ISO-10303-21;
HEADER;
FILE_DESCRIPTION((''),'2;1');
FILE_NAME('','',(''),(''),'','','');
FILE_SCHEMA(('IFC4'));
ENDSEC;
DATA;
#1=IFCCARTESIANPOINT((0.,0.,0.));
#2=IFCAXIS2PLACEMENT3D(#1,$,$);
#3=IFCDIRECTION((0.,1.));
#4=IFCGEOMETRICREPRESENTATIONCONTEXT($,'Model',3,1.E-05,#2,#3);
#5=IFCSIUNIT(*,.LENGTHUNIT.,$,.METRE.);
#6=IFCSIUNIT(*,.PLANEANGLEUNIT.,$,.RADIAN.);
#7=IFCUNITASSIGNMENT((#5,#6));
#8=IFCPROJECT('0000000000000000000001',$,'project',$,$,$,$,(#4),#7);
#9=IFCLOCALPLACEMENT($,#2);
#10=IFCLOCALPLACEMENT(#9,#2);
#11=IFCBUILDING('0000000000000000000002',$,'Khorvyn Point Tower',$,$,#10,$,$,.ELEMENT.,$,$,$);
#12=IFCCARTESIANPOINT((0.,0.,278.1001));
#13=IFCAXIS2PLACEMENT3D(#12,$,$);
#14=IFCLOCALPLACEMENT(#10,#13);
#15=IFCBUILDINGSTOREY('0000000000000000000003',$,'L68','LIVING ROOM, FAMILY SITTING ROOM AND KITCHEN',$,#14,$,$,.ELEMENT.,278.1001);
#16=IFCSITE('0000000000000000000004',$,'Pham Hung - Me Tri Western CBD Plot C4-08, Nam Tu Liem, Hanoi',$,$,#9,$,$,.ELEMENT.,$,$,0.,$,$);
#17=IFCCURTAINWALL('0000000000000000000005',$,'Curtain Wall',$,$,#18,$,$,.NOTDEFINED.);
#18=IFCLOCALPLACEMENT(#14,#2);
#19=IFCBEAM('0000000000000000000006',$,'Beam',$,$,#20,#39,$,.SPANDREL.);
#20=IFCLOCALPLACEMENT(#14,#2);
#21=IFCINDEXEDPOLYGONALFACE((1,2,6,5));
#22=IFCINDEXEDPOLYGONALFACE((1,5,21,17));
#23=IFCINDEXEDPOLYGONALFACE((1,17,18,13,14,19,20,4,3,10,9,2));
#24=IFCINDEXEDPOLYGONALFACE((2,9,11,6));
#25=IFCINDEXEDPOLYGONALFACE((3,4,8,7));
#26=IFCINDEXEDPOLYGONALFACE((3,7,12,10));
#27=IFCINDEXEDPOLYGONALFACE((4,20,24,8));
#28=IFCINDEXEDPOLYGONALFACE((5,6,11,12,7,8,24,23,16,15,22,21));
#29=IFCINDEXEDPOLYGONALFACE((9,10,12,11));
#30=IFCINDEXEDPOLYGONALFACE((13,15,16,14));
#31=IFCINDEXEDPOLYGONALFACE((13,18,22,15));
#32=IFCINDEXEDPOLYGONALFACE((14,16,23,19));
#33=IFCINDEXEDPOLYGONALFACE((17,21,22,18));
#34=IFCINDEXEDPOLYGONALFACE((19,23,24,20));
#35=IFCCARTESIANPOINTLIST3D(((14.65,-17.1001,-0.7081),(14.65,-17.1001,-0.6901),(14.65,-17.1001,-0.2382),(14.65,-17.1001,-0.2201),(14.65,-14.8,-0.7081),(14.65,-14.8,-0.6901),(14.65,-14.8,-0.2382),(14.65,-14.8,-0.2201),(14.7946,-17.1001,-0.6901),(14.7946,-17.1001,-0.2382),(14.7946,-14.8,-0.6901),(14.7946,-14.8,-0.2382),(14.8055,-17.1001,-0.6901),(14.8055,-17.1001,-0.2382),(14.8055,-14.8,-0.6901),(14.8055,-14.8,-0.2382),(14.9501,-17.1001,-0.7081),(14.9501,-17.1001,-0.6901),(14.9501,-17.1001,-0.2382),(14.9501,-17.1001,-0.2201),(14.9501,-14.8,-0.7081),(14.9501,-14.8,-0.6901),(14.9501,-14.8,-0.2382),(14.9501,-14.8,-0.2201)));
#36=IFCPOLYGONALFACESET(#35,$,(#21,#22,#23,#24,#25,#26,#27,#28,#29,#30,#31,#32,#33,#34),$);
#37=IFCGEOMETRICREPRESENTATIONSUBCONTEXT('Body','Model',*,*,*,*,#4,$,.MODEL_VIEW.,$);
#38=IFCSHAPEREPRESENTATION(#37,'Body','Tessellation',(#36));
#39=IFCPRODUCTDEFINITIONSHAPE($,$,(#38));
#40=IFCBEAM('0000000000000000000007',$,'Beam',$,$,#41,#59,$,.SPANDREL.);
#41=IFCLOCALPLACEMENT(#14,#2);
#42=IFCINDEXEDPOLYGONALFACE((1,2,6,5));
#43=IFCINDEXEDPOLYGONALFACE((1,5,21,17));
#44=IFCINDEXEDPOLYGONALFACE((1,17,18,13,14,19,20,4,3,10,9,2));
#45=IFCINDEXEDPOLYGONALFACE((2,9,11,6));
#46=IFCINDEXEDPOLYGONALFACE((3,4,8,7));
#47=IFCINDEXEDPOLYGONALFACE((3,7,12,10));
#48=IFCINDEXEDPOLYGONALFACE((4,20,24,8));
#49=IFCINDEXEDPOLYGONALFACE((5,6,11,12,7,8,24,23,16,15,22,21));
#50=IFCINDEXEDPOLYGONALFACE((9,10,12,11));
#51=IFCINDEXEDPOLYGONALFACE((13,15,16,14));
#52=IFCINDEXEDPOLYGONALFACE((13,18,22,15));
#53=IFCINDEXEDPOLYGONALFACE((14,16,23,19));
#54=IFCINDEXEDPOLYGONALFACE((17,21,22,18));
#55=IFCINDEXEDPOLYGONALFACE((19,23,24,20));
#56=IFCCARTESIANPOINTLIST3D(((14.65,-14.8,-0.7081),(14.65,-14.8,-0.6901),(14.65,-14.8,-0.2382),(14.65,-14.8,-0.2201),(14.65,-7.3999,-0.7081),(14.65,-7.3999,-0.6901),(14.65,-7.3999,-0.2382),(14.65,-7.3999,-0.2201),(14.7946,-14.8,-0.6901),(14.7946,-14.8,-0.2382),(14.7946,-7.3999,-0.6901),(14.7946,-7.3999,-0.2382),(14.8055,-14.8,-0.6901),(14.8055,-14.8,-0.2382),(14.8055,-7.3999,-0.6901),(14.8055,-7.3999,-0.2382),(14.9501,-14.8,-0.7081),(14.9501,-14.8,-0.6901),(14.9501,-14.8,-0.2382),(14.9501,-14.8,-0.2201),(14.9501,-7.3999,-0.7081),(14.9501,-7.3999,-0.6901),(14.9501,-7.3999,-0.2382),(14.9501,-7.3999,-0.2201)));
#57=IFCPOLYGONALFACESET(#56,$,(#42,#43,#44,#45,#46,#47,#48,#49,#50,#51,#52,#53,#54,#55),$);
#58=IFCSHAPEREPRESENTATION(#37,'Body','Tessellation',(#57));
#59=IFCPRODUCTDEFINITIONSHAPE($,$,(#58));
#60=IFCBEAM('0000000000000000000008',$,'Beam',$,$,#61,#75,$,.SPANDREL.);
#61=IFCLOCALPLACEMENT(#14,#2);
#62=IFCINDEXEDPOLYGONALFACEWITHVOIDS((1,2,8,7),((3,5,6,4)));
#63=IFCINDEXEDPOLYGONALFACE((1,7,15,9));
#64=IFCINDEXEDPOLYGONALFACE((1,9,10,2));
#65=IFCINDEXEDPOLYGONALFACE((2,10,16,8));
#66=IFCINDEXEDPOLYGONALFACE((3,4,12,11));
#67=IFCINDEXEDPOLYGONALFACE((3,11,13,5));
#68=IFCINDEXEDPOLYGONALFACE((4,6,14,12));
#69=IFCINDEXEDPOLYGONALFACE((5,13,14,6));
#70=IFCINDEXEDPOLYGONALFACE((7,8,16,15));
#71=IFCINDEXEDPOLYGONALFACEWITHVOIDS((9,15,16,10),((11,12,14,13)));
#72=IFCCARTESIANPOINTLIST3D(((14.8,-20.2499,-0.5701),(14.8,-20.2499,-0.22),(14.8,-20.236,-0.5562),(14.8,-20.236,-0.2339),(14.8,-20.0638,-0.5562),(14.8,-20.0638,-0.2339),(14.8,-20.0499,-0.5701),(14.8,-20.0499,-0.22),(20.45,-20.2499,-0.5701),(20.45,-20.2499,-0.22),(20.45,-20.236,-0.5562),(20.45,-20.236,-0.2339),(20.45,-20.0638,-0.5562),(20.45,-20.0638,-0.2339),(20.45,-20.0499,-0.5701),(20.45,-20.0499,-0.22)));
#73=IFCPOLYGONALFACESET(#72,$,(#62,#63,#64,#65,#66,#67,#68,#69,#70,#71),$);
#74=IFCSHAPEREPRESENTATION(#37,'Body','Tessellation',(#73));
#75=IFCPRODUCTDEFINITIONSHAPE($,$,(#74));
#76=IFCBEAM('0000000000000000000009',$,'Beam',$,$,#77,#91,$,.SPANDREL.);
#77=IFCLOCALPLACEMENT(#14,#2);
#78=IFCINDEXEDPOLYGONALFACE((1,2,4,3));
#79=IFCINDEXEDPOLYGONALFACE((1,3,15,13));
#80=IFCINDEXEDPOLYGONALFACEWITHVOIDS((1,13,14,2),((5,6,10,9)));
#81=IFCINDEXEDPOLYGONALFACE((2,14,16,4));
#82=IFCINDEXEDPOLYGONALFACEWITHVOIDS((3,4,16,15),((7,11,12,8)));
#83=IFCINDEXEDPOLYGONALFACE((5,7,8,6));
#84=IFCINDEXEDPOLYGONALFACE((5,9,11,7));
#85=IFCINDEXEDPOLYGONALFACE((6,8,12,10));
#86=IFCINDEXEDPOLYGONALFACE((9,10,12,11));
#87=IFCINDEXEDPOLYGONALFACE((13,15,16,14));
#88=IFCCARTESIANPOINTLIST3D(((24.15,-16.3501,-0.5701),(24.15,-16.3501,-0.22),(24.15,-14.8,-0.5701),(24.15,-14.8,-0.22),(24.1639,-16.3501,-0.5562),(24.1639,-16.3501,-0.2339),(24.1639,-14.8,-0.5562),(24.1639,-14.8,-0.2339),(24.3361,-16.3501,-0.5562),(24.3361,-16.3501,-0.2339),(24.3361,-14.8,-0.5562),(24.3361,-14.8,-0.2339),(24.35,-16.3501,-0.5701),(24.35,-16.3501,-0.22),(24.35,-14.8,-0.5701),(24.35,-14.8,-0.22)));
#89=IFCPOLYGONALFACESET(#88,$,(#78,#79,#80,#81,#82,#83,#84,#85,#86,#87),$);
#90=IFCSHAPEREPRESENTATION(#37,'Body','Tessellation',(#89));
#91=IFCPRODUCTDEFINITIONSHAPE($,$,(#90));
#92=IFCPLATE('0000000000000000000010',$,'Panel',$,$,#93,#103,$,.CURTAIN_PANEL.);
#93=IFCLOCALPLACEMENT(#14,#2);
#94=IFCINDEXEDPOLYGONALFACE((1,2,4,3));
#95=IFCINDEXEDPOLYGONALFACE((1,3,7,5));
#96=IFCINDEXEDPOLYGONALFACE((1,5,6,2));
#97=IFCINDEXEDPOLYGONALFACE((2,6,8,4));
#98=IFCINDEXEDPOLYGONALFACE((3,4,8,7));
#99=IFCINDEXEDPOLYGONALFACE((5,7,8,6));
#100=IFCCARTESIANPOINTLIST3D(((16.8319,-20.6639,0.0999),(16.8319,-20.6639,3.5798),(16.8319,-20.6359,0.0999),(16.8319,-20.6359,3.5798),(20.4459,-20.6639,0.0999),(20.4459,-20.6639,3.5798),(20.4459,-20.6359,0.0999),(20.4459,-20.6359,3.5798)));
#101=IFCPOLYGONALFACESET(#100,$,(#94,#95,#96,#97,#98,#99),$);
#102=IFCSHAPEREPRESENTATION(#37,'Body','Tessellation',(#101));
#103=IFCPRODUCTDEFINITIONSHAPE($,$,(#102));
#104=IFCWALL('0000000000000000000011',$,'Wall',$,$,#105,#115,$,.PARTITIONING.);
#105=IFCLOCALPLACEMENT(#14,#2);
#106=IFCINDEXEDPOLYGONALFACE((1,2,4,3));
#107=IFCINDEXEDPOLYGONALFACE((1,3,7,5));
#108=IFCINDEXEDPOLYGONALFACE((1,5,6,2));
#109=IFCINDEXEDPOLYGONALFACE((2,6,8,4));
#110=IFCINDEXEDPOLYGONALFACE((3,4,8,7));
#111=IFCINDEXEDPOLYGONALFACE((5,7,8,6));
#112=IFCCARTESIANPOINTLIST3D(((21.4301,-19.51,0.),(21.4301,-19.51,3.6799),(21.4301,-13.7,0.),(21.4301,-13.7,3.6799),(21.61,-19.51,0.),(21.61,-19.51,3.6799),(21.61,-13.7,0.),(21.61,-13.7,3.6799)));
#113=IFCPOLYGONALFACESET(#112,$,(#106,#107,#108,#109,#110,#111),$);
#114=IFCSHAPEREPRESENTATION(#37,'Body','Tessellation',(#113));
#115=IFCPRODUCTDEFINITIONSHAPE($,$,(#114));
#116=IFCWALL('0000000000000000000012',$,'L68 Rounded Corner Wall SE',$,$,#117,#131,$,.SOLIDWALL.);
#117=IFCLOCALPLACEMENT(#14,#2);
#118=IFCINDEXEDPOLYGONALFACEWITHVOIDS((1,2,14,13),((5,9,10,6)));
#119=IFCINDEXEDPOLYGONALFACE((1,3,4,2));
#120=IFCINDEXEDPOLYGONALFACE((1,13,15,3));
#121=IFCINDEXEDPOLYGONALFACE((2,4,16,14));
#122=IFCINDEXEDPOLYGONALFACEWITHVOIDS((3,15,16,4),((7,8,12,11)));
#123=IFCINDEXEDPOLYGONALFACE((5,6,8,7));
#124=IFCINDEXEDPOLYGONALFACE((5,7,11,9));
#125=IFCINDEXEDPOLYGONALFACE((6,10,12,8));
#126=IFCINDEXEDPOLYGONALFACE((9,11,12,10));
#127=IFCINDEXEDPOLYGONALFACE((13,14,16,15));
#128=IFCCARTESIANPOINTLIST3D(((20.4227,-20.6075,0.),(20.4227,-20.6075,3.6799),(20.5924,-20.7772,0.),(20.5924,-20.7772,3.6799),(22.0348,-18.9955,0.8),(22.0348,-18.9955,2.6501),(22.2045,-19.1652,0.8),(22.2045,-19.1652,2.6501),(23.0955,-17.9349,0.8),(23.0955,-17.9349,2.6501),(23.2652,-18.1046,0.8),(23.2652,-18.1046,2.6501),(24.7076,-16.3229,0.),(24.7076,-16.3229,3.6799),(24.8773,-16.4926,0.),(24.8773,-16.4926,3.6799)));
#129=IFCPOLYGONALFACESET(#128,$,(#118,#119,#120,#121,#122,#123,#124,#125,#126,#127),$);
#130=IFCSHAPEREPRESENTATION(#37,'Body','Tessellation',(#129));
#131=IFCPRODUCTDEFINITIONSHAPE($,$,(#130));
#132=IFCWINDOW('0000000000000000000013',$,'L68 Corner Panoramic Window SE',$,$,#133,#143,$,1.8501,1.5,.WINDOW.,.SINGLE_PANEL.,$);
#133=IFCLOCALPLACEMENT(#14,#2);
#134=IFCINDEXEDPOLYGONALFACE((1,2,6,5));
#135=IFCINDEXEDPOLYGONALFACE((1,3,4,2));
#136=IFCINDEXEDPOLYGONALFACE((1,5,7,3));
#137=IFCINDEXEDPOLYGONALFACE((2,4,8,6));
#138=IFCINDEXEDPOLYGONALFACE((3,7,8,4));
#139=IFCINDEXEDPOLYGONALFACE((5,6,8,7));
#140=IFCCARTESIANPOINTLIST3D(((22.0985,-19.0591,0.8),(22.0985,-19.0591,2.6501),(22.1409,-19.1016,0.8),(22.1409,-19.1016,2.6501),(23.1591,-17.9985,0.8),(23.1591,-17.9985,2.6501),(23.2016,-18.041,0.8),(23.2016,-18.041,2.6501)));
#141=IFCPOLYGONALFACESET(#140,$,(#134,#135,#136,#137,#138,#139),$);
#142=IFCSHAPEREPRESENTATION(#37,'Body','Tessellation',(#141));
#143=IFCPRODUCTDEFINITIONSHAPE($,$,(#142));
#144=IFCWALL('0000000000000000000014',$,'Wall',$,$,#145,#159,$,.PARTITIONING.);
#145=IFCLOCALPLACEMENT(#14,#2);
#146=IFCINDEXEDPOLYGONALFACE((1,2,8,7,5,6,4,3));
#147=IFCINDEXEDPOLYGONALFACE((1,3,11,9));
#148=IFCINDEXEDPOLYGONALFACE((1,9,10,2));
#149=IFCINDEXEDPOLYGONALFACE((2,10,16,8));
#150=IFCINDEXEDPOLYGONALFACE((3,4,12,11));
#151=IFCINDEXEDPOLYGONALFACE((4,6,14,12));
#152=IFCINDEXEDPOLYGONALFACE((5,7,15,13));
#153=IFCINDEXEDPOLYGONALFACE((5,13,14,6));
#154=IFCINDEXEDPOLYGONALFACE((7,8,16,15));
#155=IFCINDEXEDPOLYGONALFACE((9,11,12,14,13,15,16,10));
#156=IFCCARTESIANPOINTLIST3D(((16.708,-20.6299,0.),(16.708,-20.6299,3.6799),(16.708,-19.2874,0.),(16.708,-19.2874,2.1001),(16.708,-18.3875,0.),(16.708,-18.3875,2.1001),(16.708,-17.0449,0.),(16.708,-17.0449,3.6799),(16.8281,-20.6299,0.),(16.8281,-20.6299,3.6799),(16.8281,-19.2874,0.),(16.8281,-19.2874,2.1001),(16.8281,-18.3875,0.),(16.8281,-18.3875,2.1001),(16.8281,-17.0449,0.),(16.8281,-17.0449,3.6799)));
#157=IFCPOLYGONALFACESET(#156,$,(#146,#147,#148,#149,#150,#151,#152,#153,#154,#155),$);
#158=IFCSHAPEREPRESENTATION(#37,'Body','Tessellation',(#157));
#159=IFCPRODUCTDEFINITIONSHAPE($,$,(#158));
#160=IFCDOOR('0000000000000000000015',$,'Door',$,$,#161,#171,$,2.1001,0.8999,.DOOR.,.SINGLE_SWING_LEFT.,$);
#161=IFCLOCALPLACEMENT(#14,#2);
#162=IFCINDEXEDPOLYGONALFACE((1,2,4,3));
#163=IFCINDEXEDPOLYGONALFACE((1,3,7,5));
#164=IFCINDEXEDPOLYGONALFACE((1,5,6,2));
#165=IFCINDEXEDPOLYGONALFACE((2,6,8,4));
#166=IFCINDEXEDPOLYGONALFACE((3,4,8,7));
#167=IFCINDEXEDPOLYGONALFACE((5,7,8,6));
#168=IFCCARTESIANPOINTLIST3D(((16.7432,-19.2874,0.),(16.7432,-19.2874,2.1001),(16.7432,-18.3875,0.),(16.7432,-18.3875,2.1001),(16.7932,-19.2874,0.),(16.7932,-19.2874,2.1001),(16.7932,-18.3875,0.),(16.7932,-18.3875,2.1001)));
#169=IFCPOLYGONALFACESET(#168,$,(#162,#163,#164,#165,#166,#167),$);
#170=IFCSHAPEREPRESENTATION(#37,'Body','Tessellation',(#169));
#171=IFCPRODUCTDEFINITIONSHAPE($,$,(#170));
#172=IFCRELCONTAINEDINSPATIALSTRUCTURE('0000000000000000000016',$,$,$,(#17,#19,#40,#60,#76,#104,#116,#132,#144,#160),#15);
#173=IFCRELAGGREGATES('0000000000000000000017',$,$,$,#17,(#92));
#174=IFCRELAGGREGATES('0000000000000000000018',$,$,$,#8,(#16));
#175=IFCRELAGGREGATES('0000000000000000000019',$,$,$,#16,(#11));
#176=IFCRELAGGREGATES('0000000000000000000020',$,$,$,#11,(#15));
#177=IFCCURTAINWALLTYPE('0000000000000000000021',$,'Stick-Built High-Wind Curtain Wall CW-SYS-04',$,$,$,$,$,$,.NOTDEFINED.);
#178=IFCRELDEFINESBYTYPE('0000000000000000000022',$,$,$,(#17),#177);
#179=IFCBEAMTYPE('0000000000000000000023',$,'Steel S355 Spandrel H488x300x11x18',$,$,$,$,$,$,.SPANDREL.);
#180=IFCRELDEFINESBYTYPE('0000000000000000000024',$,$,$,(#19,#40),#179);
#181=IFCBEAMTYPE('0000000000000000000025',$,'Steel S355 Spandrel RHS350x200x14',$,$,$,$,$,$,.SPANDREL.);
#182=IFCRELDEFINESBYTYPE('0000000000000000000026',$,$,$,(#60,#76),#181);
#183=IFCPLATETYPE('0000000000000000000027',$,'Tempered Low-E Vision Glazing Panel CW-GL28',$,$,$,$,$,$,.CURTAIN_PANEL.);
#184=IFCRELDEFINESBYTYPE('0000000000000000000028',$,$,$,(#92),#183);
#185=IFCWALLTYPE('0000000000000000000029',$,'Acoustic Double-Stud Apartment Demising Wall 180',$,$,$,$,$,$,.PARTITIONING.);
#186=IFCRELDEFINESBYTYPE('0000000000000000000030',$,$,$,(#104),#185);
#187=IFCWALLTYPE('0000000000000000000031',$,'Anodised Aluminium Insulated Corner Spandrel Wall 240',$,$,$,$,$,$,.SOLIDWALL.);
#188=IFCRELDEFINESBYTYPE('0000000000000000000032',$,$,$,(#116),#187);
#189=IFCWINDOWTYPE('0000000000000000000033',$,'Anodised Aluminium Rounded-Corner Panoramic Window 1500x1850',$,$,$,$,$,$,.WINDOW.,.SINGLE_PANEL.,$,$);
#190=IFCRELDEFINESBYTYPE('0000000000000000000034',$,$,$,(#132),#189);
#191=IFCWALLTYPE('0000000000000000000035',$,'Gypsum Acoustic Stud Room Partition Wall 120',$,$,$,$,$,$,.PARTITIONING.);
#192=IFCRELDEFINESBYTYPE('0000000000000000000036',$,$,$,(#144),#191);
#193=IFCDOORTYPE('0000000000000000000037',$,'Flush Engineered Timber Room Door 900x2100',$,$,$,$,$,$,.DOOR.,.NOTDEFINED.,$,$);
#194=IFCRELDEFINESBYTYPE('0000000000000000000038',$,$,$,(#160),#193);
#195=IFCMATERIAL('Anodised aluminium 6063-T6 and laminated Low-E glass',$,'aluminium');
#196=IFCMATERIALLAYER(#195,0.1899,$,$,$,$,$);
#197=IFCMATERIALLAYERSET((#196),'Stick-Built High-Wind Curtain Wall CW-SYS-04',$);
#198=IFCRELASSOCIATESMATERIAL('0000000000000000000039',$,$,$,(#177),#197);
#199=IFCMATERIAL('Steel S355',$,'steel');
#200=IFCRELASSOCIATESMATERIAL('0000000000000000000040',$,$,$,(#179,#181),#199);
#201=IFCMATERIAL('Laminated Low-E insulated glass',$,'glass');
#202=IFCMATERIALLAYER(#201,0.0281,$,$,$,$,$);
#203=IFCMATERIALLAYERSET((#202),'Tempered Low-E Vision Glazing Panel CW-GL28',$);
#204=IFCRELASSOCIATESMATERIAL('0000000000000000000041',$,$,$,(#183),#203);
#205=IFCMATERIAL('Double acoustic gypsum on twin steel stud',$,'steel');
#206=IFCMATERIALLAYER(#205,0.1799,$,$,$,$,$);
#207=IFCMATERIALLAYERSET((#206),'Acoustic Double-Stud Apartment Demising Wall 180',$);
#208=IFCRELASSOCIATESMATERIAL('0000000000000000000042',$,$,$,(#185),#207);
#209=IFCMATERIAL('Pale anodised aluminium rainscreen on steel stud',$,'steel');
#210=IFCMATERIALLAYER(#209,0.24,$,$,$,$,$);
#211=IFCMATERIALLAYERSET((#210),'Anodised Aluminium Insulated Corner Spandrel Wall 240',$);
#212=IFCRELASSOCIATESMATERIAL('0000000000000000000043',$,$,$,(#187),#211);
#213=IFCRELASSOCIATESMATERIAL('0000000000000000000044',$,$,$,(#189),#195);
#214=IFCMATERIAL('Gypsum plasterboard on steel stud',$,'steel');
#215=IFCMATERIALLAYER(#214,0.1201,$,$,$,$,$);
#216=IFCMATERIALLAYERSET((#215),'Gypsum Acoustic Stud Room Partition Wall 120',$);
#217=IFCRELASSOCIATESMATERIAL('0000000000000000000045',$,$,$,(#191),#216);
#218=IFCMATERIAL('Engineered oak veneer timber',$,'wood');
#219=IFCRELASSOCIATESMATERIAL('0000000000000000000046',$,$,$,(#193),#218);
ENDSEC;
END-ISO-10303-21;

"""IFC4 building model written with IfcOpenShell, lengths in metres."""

from ifc_helpers import new_model, si_unit, direction, frame, frame_2d, origin, origin_2d, place, context, subcontext, project, spatial, rectangle, hollow_rectangle, i_section, extrude, material, layer, layer_set, material_profile, profile_set, type_object, element, fill, aggregate, save


model = new_model("IFC4")

# Units and contexts
model_context = context("Model", 3, precision=1e-05, world=origin(), true_north=direction((0.0, 1.0)))
body_context = subcontext(model_context, "Body", "Model", "MODEL_VIEW")
ifc_project = project(units=[si_unit("LENGTHUNIT", "METRE"), si_unit("PLANEANGLEUNIT", "RADIAN")], contexts=[model_context])

# Site, building, storey
site_placement = place(None, origin())
site = spatial("IfcSite", under=ifc_project, at=site_placement, Name="Pham Hung - Me Tri Western CBD Plot C4-08, Nam Tu Liem, Hanoi", CompositionType="ELEMENT", RefElevation=0.0)
building_placement = place(site_placement, origin())
building = spatial("IfcBuilding", under=site, at=building_placement, Name="Khorvyn Point Tower", CompositionType="ELEMENT")
storey_placement = place(building_placement, frame((0.0, 0.0, 278.1001)))
storey = spatial("IfcBuildingStorey", under=building, at=storey_placement, Name="L68", Description="LIVING ROOM, FAMILY SITTING ROOM AND KITCHEN", CompositionType="ELEMENT", Elevation=278.1001)

# Shared definitions
ifc_material_1 = material(Name="Steel S355", Category="steel")

# Curtain wall
ifc_material_2 = material(Name="Anodised aluminium 6063-T6 and laminated Low-E glass", Category="aluminium")
ifc_layer_1 = layer(ifc_material_2, 0.1899)
ifc_layer_set_1 = layer_set([ifc_layer_1], Name="Stick-Built High-Wind Curtain Wall CW-SYS-04")
curtain_wall_type = type_object("IfcCurtainWallType", Name="Stick-Built High-Wind Curtain Wall CW-SYS-04", PredefinedType="NOTDEFINED", material=ifc_layer_set_1)
curtain_wall_1_placement = place(storey_placement, origin())
curtain_wall_1 = element("IfcCurtainWall", 1, at=curtain_wall_1_placement, inside=storey, type_object=curtain_wall_type, Name="Curtain Wall", PredefinedType="NOTDEFINED")

# Beams
ifc_material_profile_1 = material_profile(ifc_material_1, i_section(OverallWidth=0.3, OverallDepth=0.488, WebThickness=0.011, FlangeThickness=0.0181, at=origin_2d()))
ifc_profile_set_1 = profile_set([ifc_material_profile_1], Name="Steel S355 H488x300x11x18")
beam_type_1 = type_object("IfcBeamType", Name="Steel S355 Spandrel H488x300x11x18", PredefinedType="SPANDREL", material=ifc_profile_set_1)
beam_1_placement = place(storey_placement, frame((14.8, -17.1001, -0.4641), z_axis=(0.0, 1.0, 0.0), x_axis=(-1.0, 0.0, 0.0)))
element("IfcBeam", 2, at=beam_1_placement, inside=storey, type_object=beam_type_1, Name="Beam", PredefinedType="SPANDREL", context=body_context, shape_type="SweptSolid", body=[
    extrude(i_section(OverallWidth=0.3, OverallDepth=0.488, WebThickness=0.011, FlangeThickness=0.0181, at=origin_2d()), origin(), (0.0, 0.0, 1.0), 2.3),
])
beam_2_placement = place(storey_placement, frame((14.8, -14.8, -0.4641), z_axis=(0.0, 1.0, 0.0), x_axis=(-1.0, 0.0, 0.0)))
element("IfcBeam", 3, at=beam_2_placement, inside=storey, type_object=beam_type_1, Name="Beam", PredefinedType="SPANDREL", context=body_context, shape_type="SweptSolid", body=[
    extrude(i_section(OverallWidth=0.3, OverallDepth=0.488, WebThickness=0.011, FlangeThickness=0.0181, at=origin_2d()), origin(), (0.0, 0.0, 1.0), 7.4001),
])
ifc_material_profile_2 = material_profile(ifc_material_1, hollow_rectangle(XDim=0.2, YDim=0.3501, WallThickness=0.0139, at=origin_2d()))
ifc_profile_set_2 = profile_set([ifc_material_profile_2], Name="Steel S355 RHS350x200x14")
beam_type_2 = type_object("IfcBeamType", Name="Steel S355 Spandrel RHS350x200x14", PredefinedType="SPANDREL", material=ifc_profile_set_2)
beam_3_placement = place(storey_placement, frame((14.8, -20.1499, -0.395), z_axis=(1.0, 0.0, 0.0), x_axis=(0.0, 1.0, 0.0)))
element("IfcBeam", 4, at=beam_3_placement, inside=storey, type_object=beam_type_2, Name="Beam", PredefinedType="SPANDREL", context=body_context, shape_type="SweptSolid", body=[
    extrude(hollow_rectangle(XDim=0.2, YDim=0.3501, WallThickness=0.0139, at=origin_2d()), origin(), (0.0, 0.0, 1.0), 5.6499),
])
beam_4_placement = place(storey_placement, frame((24.25, -16.3501, -0.395), z_axis=(0.0, 1.0, 0.0), x_axis=(-1.0, 0.0, 0.0)))
element("IfcBeam", 5, at=beam_4_placement, inside=storey, type_object=beam_type_2, Name="Beam", PredefinedType="SPANDREL", context=body_context, shape_type="SweptSolid", body=[
    extrude(hollow_rectangle(XDim=0.2, YDim=0.3501, WallThickness=0.0139, at=origin_2d()), origin(), (0.0, 0.0, 1.0), 1.55),
])

# Plate
ifc_material_3 = material(Name="Laminated Low-E insulated glass", Category="glass")
ifc_layer_2 = layer(ifc_material_3, 0.0281)
ifc_layer_set_2 = layer_set([ifc_layer_2], Name="Tempered Low-E Vision Glazing Panel CW-GL28")
plate_type = type_object("IfcPlateType", Name="Tempered Low-E Vision Glazing Panel CW-GL28", PredefinedType="CURTAIN_PANEL", material=ifc_layer_set_2)
plate_placement = place(storey_placement, frame((18.6389, -20.6499, 0.0999), z_axis=(0.0, 0.0, 1.0), x_axis=(-1.0, 0.0, 0.0)))
plate = element("IfcPlate", 6, at=plate_placement, type_object=plate_type, Name="Panel", PredefinedType="CURTAIN_PANEL", context=body_context, shape_type="SweptSolid", body=[
    extrude(rectangle(XDim=3.614, YDim=0.0281, at=origin_2d()), origin(), (0.0, 0.0, 1.0), 3.48),
])
aggregate(curtain_wall_1, [plate])

# Wall
ifc_material_4 = material(Name="Double acoustic gypsum on twin steel stud", Category="steel")
ifc_layer_3 = layer(ifc_material_4, 0.1799)
ifc_layer_set_3 = layer_set([ifc_layer_3], Name="Acoustic Double-Stud Apartment Demising Wall 180")
wall_type_1 = type_object("IfcWallType", Name="Acoustic Double-Stud Apartment Demising Wall 180", PredefinedType="PARTITIONING", material=ifc_layer_set_3)
wall_1_placement = place(storey_placement, frame((21.52, -19.51, 0.0), z_axis=(0.0, 0.0, 1.0), x_axis=(0.0, 1.0, 0.0)))
element("IfcWall", 7, at=wall_1_placement, inside=storey, type_object=wall_type_1, Name="Wall", PredefinedType="PARTITIONING", context=body_context, shape_type="SweptSolid", body=[
    extrude(rectangle(XDim=5.8101, YDim=0.1799, at=frame_2d((2.905, 0.0))), origin(), (0.0, 0.0, 1.0), 3.6799),
])

# Wall, opening, window
ifc_material_5 = material(Name="Pale anodised aluminium rainscreen on steel stud", Category="steel")
ifc_layer_4 = layer(ifc_material_5, 0.24)
ifc_layer_set_4 = layer_set([ifc_layer_4], Name="Anodised Aluminium Insulated Corner Spandrel Wall 240")
wall_type_2 = type_object("IfcWallType", Name="Anodised Aluminium Insulated Corner Spandrel Wall 240", PredefinedType="SOLIDWALL", material=ifc_layer_set_4)
wall_2_placement = place(storey_placement, frame((24.7925, -16.4077, 0.0), z_axis=(0.0, 0.0, 1.0), x_axis=(-0.707127, -0.707087, 0.0)))
wall_2 = element("IfcWall", 8, at=wall_2_placement, inside=storey, type_object=wall_type_2, Name="L68 Rounded Corner Wall SE", PredefinedType="SOLIDWALL", context=body_context, shape_type="SweptSolid", body=[
    extrude(rectangle(XDim=6.0596, YDim=0.24, at=frame_2d((3.0298, 0.0))), origin(), (0.0, 0.0, 1.0), 3.6799),
])
opening_1_placement = place(wall_2_placement, frame((2.2798, 0.0, 0.8)))
opening_1 = element("IfcOpeningElement", 9, at=opening_1_placement, cuts=wall_2, PredefinedType="OPENING", context=body_context, shape_type="SweptSolid", body=[
    extrude(rectangle(XDim=1.5, YDim=1.8501, at=frame_2d((0.75, 0.925))), frame((0.0, 0.1299, 0.0), z_axis=(0.0, -1.0, 0.0), x_axis=(1.0, 0.0, 0.0)), (0.0, 0.0, 1.0), 0.26),
])
window_type = type_object("IfcWindowType", Name="Anodised Aluminium Rounded-Corner Panoramic Window 1500x1850", PartitioningType="SINGLE_PANEL", PredefinedType="WINDOW", material=ifc_material_2)
window_placement = place(opening_1_placement, origin())
window = element("IfcWindow", 10, at=window_placement, inside=storey, type_object=window_type, Name="L68 Corner Panoramic Window SE", OverallHeight=1.8501, OverallWidth=1.5, PartitioningType="SINGLE_PANEL", PredefinedType="WINDOW", context=body_context, shape_type="SweptSolid", body=[
    extrude(rectangle(XDim=1.5, YDim=1.8501, at=frame_2d((0.75, 0.925))), frame((0.0, 0.03, 0.0), z_axis=(0.0, -1.0, 0.0), x_axis=(1.0, 0.0, 0.0)), (0.0, 0.0, 1.0), 0.0601),
])
fill(opening_1, window)

# Wall, opening, door
ifc_material_6 = material(Name="Gypsum plasterboard on steel stud", Category="steel")
ifc_layer_5 = layer(ifc_material_6, 0.1201)
ifc_layer_set_5 = layer_set([ifc_layer_5], Name="Gypsum Acoustic Stud Room Partition Wall 120")
wall_type_3 = type_object("IfcWallType", Name="Gypsum Acoustic Stud Room Partition Wall 120", PredefinedType="PARTITIONING", material=ifc_layer_set_5)
wall_3_placement = place(storey_placement, frame((16.7681, -20.6299, 0.0), z_axis=(0.0, 0.0, 1.0), x_axis=(0.0, 1.0, 0.0)))
wall_3 = element("IfcWall", 11, at=wall_3_placement, inside=storey, type_object=wall_type_3, Name="Wall", PredefinedType="PARTITIONING", context=body_context, shape_type="SweptSolid", body=[
    extrude(rectangle(XDim=3.585, YDim=0.1201, at=frame_2d((1.7925, 0.0))), origin(), (0.0, 0.0, 1.0), 3.6799),
])
opening_2_placement = place(wall_3_placement, frame((1.3425, 0.0, 0.0)))
opening_2 = element("IfcOpeningElement", 12, at=opening_2_placement, cuts=wall_3, PredefinedType="OPENING", context=body_context, shape_type="SweptSolid", body=[
    extrude(rectangle(XDim=0.8999, YDim=2.1001, at=frame_2d((0.45, 1.05))), frame((0.0, 0.0701, 0.0), z_axis=(0.0, -1.0, 0.0), x_axis=(1.0, 0.0, 0.0)), (0.0, 0.0, 1.0), 0.1401),
])
ifc_material_7 = material(Name="Engineered oak veneer timber", Category="wood")
door_type_1 = type_object("IfcDoorType", Name="Flush Engineered Timber Room Door 900x2100", OperationType="NOTDEFINED", PredefinedType="DOOR", material=ifc_material_7)
door_1_placement = place(opening_2_placement, origin())
door_1 = element("IfcDoor", 13, at=door_1_placement, inside=storey, type_object=door_type_1, Name="Door", OperationType="SINGLE_SWING_LEFT", OverallHeight=2.1001, OverallWidth=0.8999, PredefinedType="DOOR", context=body_context, shape_type="SweptSolid", body=[
    extrude(rectangle(XDim=0.8999, YDim=2.1001, at=frame_2d((0.45, 1.05))), frame((0.0, 0.0249, 0.0), z_axis=(0.0, -1.0, 0.0), x_axis=(1.0, 0.0, 0.0)), (0.0, 0.0, 1.0), 0.05),
])
fill(opening_2, door_1)

save(model, "model.ifc")
